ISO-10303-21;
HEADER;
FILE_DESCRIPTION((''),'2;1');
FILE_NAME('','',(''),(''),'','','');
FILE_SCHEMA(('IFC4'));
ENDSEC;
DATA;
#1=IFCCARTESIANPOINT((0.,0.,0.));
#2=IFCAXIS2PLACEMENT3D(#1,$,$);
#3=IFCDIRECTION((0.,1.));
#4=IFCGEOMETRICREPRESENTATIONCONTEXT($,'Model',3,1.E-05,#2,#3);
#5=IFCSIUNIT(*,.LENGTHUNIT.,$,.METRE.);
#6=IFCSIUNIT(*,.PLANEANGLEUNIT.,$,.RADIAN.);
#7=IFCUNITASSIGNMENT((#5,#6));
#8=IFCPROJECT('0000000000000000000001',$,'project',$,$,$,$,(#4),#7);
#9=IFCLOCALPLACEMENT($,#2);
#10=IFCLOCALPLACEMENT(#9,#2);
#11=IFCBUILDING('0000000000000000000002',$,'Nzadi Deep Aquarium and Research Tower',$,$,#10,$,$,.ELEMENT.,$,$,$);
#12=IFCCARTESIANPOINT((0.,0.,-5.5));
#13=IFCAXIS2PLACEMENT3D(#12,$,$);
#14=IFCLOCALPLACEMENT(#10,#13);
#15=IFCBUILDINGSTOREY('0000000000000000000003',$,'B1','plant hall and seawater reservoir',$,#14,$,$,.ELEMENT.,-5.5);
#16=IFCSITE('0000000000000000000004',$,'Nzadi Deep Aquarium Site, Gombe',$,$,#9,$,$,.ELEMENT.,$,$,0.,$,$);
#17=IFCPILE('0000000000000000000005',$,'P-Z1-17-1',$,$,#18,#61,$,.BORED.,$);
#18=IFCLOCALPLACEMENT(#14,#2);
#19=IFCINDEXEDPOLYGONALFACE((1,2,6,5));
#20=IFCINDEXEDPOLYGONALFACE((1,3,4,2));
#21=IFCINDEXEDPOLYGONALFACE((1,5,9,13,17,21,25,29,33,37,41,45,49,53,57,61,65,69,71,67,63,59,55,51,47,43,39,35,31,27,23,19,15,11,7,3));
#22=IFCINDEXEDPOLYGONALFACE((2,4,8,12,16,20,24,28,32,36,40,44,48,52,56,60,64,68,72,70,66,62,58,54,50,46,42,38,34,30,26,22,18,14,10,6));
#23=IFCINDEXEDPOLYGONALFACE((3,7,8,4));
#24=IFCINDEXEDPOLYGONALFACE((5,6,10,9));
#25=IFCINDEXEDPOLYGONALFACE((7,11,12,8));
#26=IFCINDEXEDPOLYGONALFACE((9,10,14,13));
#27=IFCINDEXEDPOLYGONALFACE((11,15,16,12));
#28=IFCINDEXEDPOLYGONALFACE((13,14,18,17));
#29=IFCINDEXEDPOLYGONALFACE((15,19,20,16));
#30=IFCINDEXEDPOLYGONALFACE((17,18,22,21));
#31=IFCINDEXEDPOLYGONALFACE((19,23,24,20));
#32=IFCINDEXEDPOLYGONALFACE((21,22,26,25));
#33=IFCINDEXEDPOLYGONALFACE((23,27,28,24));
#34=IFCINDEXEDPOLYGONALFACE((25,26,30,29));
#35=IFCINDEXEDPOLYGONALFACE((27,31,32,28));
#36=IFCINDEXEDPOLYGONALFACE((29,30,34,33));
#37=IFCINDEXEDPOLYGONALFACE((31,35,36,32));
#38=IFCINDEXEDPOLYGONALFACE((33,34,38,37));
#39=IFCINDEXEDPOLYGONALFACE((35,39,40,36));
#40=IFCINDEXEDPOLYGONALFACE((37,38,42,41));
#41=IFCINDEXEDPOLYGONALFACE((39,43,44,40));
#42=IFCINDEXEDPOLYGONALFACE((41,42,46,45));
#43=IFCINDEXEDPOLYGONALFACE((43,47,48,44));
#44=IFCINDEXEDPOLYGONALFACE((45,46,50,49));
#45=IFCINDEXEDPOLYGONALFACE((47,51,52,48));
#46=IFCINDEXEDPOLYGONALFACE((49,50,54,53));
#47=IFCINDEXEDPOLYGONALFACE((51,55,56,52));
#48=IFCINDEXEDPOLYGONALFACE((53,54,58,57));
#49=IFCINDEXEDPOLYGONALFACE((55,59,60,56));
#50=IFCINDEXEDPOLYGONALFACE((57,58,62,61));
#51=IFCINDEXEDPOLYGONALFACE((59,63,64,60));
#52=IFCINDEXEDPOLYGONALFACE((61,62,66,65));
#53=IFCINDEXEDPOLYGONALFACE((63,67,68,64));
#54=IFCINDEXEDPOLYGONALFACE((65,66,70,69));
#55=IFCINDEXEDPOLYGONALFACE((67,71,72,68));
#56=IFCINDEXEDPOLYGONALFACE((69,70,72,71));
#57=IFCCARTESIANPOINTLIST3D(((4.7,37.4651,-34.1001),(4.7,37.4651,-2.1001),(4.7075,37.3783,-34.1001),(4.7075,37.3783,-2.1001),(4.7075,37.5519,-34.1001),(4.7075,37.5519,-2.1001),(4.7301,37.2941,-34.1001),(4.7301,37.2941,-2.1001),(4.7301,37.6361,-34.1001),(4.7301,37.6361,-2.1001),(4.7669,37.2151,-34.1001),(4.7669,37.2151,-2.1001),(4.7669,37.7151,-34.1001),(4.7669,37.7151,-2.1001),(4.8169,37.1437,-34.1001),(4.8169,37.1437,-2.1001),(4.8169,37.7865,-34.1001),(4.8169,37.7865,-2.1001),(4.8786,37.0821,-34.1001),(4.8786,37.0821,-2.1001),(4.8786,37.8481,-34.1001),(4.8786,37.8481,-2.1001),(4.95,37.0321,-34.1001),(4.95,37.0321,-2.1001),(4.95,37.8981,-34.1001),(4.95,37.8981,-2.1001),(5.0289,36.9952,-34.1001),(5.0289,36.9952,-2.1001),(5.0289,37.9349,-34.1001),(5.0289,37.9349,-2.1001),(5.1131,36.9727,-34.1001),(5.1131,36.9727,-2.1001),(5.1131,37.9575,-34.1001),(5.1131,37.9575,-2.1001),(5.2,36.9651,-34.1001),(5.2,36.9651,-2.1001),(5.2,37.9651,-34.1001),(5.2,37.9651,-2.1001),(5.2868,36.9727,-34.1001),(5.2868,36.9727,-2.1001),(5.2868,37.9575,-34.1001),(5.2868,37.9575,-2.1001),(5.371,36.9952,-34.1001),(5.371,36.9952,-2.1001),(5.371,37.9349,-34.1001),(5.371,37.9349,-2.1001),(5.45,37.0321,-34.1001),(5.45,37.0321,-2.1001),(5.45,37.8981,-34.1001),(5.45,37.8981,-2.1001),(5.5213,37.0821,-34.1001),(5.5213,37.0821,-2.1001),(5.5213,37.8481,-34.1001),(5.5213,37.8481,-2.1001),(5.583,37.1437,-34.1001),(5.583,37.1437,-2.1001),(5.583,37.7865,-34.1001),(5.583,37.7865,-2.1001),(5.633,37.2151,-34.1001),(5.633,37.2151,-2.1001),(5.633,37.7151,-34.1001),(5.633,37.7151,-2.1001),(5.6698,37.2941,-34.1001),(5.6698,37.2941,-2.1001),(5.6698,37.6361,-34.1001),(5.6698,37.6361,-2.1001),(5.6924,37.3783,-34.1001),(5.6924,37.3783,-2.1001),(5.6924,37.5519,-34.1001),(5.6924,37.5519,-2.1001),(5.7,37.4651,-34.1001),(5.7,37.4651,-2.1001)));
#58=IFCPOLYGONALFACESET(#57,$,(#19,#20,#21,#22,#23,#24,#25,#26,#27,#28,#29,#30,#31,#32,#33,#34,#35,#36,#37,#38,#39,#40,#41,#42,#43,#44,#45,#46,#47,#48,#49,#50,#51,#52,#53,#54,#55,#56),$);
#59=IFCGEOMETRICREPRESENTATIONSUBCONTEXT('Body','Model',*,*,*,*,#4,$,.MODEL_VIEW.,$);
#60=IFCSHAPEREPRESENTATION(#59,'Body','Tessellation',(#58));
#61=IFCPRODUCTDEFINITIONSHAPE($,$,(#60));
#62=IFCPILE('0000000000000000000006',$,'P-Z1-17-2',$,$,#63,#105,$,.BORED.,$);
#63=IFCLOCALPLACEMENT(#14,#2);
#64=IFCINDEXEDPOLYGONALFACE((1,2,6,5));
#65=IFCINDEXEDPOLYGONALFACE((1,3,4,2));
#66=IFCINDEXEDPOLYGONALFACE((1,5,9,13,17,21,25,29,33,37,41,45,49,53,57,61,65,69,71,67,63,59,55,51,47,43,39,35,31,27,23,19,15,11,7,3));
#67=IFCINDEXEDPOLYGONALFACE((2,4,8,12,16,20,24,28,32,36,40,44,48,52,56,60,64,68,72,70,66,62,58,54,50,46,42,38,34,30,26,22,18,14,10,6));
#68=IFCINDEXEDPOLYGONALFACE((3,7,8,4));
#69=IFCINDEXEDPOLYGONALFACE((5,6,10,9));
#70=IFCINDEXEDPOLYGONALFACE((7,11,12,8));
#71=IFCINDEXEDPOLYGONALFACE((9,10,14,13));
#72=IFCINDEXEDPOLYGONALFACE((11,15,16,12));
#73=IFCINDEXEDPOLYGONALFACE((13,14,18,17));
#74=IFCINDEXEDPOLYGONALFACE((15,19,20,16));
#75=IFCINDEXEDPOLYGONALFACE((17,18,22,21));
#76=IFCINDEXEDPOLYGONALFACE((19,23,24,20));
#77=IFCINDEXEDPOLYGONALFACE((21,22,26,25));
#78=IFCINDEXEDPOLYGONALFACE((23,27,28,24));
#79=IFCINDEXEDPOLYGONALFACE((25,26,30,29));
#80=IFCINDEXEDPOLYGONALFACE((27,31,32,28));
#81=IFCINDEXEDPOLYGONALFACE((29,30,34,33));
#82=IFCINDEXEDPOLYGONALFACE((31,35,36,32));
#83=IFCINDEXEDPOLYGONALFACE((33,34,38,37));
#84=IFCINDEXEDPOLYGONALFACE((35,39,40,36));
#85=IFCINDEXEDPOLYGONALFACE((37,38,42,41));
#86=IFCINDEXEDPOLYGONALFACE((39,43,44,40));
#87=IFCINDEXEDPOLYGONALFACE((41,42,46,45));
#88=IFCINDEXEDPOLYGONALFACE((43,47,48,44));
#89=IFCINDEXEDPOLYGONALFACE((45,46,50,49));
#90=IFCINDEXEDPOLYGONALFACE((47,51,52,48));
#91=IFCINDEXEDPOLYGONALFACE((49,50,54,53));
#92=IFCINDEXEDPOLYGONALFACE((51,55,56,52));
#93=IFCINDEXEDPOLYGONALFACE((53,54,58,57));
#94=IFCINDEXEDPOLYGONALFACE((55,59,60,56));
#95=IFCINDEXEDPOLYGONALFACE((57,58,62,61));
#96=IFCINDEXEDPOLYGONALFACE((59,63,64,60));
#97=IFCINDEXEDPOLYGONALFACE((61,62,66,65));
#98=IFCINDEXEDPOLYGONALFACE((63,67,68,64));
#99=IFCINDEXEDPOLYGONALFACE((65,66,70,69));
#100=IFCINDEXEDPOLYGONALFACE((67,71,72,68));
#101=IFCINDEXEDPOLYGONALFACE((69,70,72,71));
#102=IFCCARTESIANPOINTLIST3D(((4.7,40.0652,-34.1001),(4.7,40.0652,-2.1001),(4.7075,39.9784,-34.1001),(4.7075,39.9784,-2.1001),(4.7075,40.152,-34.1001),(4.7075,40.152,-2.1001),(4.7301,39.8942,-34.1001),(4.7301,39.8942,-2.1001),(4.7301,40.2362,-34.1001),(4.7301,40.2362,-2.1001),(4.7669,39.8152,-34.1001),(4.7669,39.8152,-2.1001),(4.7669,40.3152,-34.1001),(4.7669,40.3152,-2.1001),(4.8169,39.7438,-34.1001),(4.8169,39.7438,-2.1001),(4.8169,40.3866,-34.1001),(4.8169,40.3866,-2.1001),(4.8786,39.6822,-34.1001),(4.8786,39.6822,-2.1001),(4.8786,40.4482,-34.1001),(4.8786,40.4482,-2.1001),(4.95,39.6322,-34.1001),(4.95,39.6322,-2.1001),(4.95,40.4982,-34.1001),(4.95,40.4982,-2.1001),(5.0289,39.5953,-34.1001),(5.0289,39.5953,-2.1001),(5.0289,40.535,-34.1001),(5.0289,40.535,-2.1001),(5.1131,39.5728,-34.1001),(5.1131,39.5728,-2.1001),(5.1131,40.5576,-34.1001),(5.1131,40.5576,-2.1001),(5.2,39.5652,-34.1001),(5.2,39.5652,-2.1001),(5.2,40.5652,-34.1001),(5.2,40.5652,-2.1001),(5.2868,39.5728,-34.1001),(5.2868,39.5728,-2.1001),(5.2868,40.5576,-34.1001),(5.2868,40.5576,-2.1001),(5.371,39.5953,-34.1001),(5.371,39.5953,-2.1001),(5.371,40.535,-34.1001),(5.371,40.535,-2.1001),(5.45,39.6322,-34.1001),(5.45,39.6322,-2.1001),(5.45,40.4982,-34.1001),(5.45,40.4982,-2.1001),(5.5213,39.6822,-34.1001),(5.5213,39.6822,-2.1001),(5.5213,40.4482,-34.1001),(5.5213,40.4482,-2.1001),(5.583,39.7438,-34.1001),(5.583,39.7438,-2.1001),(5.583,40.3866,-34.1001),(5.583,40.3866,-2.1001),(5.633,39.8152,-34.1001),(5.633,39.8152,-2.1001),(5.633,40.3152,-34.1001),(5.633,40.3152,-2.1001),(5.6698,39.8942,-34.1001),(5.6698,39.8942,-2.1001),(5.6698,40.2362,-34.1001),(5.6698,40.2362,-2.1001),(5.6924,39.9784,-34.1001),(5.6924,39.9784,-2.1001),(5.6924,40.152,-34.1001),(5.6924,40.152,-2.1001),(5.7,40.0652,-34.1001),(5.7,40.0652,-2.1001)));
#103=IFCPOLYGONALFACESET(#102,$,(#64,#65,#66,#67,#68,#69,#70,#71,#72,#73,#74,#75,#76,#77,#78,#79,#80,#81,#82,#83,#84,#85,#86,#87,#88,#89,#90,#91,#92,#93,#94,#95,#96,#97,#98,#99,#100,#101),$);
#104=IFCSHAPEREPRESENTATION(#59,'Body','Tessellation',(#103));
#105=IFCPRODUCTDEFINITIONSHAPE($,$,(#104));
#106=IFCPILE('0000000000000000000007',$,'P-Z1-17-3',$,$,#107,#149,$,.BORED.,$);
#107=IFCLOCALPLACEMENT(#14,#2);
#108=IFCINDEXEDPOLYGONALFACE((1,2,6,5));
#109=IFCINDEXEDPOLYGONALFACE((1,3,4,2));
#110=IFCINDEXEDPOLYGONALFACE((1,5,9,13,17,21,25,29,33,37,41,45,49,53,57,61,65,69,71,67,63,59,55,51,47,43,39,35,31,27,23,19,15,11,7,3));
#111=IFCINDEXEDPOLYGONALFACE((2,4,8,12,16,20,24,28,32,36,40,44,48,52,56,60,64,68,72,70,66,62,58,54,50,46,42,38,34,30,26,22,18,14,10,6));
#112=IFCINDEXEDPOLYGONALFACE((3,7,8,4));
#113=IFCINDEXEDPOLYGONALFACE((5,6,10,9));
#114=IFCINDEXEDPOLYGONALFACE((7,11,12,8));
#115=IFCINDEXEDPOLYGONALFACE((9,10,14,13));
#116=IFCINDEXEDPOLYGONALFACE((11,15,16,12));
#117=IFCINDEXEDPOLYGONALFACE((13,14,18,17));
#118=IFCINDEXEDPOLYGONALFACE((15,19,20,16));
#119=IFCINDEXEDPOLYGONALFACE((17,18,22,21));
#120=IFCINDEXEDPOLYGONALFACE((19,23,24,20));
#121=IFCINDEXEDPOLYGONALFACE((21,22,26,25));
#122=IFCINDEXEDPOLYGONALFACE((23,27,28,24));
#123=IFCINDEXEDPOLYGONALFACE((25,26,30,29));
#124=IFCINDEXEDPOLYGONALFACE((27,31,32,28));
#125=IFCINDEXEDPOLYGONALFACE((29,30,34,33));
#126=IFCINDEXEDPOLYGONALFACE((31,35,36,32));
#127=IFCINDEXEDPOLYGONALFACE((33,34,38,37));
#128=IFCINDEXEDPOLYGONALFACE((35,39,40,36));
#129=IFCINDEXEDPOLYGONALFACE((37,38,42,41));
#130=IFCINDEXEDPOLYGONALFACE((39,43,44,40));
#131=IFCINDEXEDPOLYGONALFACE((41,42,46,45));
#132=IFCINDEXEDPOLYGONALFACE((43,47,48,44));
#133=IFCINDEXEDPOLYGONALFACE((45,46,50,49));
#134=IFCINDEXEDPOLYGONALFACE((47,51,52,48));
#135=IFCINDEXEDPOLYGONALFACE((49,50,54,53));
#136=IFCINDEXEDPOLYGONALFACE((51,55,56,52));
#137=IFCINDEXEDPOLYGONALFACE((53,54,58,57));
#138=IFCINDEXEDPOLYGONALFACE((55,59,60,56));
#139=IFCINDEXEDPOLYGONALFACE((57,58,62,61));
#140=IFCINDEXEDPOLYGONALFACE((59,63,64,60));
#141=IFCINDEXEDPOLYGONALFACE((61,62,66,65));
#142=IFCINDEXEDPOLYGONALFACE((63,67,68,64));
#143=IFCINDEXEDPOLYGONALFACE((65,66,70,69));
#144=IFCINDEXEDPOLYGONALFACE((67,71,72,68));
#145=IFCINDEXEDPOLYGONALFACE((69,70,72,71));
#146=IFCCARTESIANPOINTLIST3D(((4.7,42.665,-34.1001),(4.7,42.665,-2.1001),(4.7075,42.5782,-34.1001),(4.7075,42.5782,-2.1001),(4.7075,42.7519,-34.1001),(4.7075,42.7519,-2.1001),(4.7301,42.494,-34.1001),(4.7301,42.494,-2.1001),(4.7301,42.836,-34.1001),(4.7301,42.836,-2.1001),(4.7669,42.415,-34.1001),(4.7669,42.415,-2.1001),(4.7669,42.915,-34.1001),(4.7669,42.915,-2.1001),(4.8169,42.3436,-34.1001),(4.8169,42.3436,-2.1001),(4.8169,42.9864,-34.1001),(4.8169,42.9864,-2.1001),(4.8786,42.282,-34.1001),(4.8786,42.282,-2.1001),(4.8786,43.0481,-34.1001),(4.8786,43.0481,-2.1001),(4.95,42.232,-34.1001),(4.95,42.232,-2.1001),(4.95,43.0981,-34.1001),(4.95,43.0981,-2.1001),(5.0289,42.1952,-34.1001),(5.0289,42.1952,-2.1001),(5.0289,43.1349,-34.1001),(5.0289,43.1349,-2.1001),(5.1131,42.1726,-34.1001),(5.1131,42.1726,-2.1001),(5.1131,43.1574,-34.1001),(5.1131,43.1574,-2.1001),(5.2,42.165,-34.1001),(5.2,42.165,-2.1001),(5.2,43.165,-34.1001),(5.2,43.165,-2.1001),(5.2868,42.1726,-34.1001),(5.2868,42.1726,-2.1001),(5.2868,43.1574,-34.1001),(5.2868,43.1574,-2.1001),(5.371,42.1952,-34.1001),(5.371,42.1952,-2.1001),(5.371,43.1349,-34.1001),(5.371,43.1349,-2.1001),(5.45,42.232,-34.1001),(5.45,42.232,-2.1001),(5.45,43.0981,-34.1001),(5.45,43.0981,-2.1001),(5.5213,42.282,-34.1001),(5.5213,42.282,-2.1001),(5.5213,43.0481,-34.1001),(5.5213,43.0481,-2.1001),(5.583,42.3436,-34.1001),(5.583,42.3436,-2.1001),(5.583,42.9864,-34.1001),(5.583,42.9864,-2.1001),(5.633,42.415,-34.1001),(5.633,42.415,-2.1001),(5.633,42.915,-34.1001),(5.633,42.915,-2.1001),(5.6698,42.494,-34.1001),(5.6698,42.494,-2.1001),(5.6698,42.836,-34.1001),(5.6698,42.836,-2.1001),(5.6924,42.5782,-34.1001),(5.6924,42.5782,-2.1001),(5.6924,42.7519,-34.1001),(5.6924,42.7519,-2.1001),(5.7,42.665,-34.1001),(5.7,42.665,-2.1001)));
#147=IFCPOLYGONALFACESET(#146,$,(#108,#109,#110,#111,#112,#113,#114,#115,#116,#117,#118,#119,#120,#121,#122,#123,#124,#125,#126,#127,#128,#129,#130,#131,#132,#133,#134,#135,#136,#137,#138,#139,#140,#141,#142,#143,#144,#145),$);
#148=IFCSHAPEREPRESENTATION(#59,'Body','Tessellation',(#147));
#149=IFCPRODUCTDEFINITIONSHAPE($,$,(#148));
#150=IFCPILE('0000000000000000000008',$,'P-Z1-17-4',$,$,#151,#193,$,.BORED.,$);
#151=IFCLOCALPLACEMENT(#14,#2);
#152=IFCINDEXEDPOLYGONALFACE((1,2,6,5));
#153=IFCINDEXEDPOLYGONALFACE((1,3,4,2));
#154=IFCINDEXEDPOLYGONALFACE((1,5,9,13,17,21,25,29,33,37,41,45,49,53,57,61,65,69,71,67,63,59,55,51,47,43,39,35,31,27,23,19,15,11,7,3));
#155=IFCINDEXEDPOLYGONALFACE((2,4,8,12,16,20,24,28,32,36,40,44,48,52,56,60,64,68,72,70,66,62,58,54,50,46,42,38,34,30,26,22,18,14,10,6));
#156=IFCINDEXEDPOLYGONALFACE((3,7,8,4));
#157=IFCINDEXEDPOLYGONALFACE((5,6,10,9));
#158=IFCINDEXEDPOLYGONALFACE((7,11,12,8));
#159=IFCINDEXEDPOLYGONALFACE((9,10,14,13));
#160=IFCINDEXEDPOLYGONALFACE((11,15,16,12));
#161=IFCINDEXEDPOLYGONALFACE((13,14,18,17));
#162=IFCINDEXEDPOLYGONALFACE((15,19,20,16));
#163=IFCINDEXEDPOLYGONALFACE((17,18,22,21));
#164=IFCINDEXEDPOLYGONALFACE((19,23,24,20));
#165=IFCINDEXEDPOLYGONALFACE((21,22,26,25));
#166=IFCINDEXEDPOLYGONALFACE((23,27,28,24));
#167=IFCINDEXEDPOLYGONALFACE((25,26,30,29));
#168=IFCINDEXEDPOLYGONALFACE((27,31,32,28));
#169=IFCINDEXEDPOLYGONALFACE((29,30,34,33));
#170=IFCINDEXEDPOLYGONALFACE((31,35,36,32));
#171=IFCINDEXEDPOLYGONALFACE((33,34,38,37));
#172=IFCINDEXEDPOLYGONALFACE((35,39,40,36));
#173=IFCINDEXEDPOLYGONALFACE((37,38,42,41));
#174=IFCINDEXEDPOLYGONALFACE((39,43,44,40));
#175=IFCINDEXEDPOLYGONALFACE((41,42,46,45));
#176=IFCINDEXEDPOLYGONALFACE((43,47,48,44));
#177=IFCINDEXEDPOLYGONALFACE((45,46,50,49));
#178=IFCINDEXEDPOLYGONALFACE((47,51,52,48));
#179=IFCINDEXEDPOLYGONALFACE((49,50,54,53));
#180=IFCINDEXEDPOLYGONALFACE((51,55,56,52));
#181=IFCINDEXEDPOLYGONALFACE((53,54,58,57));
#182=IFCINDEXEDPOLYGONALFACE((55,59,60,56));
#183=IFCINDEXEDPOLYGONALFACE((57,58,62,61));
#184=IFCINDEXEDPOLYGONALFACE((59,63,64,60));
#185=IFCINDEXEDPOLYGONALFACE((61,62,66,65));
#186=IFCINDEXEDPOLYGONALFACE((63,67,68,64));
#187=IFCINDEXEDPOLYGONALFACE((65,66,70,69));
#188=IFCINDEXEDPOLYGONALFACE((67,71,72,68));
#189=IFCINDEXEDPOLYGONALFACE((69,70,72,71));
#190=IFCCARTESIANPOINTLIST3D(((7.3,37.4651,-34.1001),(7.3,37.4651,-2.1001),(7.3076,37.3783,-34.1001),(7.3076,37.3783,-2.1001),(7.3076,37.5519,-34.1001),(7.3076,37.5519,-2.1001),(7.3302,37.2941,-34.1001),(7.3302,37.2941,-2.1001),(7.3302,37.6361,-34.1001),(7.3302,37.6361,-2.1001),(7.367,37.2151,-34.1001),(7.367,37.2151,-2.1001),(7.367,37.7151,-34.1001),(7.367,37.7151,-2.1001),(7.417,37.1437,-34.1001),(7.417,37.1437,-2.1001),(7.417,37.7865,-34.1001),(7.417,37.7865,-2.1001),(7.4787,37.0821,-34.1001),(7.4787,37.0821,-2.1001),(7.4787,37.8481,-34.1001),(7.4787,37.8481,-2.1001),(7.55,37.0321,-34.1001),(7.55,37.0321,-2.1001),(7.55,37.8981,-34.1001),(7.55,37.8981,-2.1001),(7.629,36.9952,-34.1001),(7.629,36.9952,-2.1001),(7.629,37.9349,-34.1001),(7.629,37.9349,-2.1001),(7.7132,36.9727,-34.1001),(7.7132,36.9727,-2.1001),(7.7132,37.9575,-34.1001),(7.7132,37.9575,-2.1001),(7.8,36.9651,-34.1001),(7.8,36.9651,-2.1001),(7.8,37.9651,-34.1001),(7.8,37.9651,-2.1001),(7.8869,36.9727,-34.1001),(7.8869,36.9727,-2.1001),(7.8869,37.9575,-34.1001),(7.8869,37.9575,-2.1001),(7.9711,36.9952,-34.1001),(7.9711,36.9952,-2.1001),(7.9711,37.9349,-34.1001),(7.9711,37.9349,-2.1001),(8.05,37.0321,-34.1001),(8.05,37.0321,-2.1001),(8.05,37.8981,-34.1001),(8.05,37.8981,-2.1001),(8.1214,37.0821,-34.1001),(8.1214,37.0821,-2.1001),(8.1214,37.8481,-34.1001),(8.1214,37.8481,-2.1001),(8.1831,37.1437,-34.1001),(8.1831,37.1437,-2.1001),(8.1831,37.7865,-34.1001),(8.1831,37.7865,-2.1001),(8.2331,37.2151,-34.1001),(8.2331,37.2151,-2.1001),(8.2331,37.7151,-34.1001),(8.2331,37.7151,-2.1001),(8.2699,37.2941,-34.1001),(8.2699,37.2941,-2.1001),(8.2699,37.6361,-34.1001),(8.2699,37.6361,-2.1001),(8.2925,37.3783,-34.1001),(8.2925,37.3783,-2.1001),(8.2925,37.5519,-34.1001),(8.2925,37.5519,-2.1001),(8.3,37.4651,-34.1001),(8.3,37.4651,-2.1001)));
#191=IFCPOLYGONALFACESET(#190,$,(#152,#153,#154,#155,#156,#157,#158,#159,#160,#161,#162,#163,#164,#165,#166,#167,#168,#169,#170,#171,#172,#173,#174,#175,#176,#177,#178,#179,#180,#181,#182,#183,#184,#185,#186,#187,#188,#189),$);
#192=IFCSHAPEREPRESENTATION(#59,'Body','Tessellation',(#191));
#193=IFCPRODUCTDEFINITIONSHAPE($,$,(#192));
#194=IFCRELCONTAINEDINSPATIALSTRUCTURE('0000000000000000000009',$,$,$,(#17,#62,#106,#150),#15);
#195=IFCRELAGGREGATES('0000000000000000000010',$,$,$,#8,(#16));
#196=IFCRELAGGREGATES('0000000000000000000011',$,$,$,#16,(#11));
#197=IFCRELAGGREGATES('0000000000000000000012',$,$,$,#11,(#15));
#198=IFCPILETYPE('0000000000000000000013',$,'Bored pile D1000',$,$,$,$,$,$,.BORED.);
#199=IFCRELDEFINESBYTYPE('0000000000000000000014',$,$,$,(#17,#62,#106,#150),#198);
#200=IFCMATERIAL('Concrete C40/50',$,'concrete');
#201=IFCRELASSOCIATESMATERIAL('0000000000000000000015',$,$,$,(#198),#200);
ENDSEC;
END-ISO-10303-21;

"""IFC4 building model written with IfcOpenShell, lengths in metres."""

from ifc_helpers import new_model, si_unit, direction, frame, origin, origin_2d, place, context, subcontext, project, spatial, circle, extrude, material, material_profile, profile_set, type_object, element, save


model = new_model("IFC4")

# Units and contexts
model_context = context("Model", 3, precision=1e-05, world=origin(), true_north=direction((0.0, 1.0)))
body_context = subcontext(model_context, "Body", "Model", "MODEL_VIEW")
ifc_project = project(units=[si_unit("LENGTHUNIT", "METRE"), si_unit("PLANEANGLEUNIT", "RADIAN")], contexts=[model_context])

# Site, building, storey
site_placement = place(None, origin())
site = spatial("IfcSite", under=ifc_project, at=site_placement, Name="Nzadi Deep Aquarium Site, Gombe", CompositionType="ELEMENT", RefElevation=0.0)
building_placement = place(site_placement, origin())
building = spatial("IfcBuilding", under=site, at=building_placement, Name="Nzadi Deep Aquarium and Research Tower", CompositionType="ELEMENT")
storey_placement = place(building_placement, frame((0.0, 0.0, -5.5)))
storey = spatial("IfcBuildingStorey", under=building, at=storey_placement, Name="B1", Description="plant hall and seawater reservoir", CompositionType="ELEMENT", Elevation=-5.5)

# Piles
ifc_material_1 = material(Name="Concrete C40/50", Category="concrete")
ifc_material_profile_1 = material_profile(ifc_material_1, circle(Radius=0.5, at=origin_2d()))
ifc_profile_set_1 = profile_set([ifc_material_profile_1], Name="Concrete C40/50")
pile_type_1 = type_object("IfcPileType", Name="Bored pile D1000", PredefinedType="BORED", material=ifc_profile_set_1)
for number, where, z_axis, x_axis, name in (
    (1, (5.2, 37.4651, -2.1001), (0.0, 0.0, -1.0), (1.0, 0.0, 0.0), "P-Z1-17-1"),
    (2, (5.2, 40.0652, -2.1001), (0.0, 0.0, -1.0), (1.0, 0.0, 0.0), "P-Z1-17-2"),
    (3, (5.2, 42.665, -2.1001), (0.0, 0.0, -1.0), (1.0, 0.0, 0.0), "P-Z1-17-3"),
    (4, (7.8, 37.4651, -2.1001), (0.0, 0.0, -1.0), (1.0, 0.0, 0.0), "P-Z1-17-4"),
):
    element("IfcPile", number, at=place(storey_placement, frame(where, z_axis=z_axis, x_axis=x_axis)), inside=storey, type_object=pile_type_1, Name=name, PredefinedType="BORED", context=body_context, shape_type="SweptSolid", body=[
        extrude(circle(Radius=0.5, at=origin_2d()), origin(), (0.0, 0.0, 1.0), 32.0),
    ])

save(model, "model.ifc")
